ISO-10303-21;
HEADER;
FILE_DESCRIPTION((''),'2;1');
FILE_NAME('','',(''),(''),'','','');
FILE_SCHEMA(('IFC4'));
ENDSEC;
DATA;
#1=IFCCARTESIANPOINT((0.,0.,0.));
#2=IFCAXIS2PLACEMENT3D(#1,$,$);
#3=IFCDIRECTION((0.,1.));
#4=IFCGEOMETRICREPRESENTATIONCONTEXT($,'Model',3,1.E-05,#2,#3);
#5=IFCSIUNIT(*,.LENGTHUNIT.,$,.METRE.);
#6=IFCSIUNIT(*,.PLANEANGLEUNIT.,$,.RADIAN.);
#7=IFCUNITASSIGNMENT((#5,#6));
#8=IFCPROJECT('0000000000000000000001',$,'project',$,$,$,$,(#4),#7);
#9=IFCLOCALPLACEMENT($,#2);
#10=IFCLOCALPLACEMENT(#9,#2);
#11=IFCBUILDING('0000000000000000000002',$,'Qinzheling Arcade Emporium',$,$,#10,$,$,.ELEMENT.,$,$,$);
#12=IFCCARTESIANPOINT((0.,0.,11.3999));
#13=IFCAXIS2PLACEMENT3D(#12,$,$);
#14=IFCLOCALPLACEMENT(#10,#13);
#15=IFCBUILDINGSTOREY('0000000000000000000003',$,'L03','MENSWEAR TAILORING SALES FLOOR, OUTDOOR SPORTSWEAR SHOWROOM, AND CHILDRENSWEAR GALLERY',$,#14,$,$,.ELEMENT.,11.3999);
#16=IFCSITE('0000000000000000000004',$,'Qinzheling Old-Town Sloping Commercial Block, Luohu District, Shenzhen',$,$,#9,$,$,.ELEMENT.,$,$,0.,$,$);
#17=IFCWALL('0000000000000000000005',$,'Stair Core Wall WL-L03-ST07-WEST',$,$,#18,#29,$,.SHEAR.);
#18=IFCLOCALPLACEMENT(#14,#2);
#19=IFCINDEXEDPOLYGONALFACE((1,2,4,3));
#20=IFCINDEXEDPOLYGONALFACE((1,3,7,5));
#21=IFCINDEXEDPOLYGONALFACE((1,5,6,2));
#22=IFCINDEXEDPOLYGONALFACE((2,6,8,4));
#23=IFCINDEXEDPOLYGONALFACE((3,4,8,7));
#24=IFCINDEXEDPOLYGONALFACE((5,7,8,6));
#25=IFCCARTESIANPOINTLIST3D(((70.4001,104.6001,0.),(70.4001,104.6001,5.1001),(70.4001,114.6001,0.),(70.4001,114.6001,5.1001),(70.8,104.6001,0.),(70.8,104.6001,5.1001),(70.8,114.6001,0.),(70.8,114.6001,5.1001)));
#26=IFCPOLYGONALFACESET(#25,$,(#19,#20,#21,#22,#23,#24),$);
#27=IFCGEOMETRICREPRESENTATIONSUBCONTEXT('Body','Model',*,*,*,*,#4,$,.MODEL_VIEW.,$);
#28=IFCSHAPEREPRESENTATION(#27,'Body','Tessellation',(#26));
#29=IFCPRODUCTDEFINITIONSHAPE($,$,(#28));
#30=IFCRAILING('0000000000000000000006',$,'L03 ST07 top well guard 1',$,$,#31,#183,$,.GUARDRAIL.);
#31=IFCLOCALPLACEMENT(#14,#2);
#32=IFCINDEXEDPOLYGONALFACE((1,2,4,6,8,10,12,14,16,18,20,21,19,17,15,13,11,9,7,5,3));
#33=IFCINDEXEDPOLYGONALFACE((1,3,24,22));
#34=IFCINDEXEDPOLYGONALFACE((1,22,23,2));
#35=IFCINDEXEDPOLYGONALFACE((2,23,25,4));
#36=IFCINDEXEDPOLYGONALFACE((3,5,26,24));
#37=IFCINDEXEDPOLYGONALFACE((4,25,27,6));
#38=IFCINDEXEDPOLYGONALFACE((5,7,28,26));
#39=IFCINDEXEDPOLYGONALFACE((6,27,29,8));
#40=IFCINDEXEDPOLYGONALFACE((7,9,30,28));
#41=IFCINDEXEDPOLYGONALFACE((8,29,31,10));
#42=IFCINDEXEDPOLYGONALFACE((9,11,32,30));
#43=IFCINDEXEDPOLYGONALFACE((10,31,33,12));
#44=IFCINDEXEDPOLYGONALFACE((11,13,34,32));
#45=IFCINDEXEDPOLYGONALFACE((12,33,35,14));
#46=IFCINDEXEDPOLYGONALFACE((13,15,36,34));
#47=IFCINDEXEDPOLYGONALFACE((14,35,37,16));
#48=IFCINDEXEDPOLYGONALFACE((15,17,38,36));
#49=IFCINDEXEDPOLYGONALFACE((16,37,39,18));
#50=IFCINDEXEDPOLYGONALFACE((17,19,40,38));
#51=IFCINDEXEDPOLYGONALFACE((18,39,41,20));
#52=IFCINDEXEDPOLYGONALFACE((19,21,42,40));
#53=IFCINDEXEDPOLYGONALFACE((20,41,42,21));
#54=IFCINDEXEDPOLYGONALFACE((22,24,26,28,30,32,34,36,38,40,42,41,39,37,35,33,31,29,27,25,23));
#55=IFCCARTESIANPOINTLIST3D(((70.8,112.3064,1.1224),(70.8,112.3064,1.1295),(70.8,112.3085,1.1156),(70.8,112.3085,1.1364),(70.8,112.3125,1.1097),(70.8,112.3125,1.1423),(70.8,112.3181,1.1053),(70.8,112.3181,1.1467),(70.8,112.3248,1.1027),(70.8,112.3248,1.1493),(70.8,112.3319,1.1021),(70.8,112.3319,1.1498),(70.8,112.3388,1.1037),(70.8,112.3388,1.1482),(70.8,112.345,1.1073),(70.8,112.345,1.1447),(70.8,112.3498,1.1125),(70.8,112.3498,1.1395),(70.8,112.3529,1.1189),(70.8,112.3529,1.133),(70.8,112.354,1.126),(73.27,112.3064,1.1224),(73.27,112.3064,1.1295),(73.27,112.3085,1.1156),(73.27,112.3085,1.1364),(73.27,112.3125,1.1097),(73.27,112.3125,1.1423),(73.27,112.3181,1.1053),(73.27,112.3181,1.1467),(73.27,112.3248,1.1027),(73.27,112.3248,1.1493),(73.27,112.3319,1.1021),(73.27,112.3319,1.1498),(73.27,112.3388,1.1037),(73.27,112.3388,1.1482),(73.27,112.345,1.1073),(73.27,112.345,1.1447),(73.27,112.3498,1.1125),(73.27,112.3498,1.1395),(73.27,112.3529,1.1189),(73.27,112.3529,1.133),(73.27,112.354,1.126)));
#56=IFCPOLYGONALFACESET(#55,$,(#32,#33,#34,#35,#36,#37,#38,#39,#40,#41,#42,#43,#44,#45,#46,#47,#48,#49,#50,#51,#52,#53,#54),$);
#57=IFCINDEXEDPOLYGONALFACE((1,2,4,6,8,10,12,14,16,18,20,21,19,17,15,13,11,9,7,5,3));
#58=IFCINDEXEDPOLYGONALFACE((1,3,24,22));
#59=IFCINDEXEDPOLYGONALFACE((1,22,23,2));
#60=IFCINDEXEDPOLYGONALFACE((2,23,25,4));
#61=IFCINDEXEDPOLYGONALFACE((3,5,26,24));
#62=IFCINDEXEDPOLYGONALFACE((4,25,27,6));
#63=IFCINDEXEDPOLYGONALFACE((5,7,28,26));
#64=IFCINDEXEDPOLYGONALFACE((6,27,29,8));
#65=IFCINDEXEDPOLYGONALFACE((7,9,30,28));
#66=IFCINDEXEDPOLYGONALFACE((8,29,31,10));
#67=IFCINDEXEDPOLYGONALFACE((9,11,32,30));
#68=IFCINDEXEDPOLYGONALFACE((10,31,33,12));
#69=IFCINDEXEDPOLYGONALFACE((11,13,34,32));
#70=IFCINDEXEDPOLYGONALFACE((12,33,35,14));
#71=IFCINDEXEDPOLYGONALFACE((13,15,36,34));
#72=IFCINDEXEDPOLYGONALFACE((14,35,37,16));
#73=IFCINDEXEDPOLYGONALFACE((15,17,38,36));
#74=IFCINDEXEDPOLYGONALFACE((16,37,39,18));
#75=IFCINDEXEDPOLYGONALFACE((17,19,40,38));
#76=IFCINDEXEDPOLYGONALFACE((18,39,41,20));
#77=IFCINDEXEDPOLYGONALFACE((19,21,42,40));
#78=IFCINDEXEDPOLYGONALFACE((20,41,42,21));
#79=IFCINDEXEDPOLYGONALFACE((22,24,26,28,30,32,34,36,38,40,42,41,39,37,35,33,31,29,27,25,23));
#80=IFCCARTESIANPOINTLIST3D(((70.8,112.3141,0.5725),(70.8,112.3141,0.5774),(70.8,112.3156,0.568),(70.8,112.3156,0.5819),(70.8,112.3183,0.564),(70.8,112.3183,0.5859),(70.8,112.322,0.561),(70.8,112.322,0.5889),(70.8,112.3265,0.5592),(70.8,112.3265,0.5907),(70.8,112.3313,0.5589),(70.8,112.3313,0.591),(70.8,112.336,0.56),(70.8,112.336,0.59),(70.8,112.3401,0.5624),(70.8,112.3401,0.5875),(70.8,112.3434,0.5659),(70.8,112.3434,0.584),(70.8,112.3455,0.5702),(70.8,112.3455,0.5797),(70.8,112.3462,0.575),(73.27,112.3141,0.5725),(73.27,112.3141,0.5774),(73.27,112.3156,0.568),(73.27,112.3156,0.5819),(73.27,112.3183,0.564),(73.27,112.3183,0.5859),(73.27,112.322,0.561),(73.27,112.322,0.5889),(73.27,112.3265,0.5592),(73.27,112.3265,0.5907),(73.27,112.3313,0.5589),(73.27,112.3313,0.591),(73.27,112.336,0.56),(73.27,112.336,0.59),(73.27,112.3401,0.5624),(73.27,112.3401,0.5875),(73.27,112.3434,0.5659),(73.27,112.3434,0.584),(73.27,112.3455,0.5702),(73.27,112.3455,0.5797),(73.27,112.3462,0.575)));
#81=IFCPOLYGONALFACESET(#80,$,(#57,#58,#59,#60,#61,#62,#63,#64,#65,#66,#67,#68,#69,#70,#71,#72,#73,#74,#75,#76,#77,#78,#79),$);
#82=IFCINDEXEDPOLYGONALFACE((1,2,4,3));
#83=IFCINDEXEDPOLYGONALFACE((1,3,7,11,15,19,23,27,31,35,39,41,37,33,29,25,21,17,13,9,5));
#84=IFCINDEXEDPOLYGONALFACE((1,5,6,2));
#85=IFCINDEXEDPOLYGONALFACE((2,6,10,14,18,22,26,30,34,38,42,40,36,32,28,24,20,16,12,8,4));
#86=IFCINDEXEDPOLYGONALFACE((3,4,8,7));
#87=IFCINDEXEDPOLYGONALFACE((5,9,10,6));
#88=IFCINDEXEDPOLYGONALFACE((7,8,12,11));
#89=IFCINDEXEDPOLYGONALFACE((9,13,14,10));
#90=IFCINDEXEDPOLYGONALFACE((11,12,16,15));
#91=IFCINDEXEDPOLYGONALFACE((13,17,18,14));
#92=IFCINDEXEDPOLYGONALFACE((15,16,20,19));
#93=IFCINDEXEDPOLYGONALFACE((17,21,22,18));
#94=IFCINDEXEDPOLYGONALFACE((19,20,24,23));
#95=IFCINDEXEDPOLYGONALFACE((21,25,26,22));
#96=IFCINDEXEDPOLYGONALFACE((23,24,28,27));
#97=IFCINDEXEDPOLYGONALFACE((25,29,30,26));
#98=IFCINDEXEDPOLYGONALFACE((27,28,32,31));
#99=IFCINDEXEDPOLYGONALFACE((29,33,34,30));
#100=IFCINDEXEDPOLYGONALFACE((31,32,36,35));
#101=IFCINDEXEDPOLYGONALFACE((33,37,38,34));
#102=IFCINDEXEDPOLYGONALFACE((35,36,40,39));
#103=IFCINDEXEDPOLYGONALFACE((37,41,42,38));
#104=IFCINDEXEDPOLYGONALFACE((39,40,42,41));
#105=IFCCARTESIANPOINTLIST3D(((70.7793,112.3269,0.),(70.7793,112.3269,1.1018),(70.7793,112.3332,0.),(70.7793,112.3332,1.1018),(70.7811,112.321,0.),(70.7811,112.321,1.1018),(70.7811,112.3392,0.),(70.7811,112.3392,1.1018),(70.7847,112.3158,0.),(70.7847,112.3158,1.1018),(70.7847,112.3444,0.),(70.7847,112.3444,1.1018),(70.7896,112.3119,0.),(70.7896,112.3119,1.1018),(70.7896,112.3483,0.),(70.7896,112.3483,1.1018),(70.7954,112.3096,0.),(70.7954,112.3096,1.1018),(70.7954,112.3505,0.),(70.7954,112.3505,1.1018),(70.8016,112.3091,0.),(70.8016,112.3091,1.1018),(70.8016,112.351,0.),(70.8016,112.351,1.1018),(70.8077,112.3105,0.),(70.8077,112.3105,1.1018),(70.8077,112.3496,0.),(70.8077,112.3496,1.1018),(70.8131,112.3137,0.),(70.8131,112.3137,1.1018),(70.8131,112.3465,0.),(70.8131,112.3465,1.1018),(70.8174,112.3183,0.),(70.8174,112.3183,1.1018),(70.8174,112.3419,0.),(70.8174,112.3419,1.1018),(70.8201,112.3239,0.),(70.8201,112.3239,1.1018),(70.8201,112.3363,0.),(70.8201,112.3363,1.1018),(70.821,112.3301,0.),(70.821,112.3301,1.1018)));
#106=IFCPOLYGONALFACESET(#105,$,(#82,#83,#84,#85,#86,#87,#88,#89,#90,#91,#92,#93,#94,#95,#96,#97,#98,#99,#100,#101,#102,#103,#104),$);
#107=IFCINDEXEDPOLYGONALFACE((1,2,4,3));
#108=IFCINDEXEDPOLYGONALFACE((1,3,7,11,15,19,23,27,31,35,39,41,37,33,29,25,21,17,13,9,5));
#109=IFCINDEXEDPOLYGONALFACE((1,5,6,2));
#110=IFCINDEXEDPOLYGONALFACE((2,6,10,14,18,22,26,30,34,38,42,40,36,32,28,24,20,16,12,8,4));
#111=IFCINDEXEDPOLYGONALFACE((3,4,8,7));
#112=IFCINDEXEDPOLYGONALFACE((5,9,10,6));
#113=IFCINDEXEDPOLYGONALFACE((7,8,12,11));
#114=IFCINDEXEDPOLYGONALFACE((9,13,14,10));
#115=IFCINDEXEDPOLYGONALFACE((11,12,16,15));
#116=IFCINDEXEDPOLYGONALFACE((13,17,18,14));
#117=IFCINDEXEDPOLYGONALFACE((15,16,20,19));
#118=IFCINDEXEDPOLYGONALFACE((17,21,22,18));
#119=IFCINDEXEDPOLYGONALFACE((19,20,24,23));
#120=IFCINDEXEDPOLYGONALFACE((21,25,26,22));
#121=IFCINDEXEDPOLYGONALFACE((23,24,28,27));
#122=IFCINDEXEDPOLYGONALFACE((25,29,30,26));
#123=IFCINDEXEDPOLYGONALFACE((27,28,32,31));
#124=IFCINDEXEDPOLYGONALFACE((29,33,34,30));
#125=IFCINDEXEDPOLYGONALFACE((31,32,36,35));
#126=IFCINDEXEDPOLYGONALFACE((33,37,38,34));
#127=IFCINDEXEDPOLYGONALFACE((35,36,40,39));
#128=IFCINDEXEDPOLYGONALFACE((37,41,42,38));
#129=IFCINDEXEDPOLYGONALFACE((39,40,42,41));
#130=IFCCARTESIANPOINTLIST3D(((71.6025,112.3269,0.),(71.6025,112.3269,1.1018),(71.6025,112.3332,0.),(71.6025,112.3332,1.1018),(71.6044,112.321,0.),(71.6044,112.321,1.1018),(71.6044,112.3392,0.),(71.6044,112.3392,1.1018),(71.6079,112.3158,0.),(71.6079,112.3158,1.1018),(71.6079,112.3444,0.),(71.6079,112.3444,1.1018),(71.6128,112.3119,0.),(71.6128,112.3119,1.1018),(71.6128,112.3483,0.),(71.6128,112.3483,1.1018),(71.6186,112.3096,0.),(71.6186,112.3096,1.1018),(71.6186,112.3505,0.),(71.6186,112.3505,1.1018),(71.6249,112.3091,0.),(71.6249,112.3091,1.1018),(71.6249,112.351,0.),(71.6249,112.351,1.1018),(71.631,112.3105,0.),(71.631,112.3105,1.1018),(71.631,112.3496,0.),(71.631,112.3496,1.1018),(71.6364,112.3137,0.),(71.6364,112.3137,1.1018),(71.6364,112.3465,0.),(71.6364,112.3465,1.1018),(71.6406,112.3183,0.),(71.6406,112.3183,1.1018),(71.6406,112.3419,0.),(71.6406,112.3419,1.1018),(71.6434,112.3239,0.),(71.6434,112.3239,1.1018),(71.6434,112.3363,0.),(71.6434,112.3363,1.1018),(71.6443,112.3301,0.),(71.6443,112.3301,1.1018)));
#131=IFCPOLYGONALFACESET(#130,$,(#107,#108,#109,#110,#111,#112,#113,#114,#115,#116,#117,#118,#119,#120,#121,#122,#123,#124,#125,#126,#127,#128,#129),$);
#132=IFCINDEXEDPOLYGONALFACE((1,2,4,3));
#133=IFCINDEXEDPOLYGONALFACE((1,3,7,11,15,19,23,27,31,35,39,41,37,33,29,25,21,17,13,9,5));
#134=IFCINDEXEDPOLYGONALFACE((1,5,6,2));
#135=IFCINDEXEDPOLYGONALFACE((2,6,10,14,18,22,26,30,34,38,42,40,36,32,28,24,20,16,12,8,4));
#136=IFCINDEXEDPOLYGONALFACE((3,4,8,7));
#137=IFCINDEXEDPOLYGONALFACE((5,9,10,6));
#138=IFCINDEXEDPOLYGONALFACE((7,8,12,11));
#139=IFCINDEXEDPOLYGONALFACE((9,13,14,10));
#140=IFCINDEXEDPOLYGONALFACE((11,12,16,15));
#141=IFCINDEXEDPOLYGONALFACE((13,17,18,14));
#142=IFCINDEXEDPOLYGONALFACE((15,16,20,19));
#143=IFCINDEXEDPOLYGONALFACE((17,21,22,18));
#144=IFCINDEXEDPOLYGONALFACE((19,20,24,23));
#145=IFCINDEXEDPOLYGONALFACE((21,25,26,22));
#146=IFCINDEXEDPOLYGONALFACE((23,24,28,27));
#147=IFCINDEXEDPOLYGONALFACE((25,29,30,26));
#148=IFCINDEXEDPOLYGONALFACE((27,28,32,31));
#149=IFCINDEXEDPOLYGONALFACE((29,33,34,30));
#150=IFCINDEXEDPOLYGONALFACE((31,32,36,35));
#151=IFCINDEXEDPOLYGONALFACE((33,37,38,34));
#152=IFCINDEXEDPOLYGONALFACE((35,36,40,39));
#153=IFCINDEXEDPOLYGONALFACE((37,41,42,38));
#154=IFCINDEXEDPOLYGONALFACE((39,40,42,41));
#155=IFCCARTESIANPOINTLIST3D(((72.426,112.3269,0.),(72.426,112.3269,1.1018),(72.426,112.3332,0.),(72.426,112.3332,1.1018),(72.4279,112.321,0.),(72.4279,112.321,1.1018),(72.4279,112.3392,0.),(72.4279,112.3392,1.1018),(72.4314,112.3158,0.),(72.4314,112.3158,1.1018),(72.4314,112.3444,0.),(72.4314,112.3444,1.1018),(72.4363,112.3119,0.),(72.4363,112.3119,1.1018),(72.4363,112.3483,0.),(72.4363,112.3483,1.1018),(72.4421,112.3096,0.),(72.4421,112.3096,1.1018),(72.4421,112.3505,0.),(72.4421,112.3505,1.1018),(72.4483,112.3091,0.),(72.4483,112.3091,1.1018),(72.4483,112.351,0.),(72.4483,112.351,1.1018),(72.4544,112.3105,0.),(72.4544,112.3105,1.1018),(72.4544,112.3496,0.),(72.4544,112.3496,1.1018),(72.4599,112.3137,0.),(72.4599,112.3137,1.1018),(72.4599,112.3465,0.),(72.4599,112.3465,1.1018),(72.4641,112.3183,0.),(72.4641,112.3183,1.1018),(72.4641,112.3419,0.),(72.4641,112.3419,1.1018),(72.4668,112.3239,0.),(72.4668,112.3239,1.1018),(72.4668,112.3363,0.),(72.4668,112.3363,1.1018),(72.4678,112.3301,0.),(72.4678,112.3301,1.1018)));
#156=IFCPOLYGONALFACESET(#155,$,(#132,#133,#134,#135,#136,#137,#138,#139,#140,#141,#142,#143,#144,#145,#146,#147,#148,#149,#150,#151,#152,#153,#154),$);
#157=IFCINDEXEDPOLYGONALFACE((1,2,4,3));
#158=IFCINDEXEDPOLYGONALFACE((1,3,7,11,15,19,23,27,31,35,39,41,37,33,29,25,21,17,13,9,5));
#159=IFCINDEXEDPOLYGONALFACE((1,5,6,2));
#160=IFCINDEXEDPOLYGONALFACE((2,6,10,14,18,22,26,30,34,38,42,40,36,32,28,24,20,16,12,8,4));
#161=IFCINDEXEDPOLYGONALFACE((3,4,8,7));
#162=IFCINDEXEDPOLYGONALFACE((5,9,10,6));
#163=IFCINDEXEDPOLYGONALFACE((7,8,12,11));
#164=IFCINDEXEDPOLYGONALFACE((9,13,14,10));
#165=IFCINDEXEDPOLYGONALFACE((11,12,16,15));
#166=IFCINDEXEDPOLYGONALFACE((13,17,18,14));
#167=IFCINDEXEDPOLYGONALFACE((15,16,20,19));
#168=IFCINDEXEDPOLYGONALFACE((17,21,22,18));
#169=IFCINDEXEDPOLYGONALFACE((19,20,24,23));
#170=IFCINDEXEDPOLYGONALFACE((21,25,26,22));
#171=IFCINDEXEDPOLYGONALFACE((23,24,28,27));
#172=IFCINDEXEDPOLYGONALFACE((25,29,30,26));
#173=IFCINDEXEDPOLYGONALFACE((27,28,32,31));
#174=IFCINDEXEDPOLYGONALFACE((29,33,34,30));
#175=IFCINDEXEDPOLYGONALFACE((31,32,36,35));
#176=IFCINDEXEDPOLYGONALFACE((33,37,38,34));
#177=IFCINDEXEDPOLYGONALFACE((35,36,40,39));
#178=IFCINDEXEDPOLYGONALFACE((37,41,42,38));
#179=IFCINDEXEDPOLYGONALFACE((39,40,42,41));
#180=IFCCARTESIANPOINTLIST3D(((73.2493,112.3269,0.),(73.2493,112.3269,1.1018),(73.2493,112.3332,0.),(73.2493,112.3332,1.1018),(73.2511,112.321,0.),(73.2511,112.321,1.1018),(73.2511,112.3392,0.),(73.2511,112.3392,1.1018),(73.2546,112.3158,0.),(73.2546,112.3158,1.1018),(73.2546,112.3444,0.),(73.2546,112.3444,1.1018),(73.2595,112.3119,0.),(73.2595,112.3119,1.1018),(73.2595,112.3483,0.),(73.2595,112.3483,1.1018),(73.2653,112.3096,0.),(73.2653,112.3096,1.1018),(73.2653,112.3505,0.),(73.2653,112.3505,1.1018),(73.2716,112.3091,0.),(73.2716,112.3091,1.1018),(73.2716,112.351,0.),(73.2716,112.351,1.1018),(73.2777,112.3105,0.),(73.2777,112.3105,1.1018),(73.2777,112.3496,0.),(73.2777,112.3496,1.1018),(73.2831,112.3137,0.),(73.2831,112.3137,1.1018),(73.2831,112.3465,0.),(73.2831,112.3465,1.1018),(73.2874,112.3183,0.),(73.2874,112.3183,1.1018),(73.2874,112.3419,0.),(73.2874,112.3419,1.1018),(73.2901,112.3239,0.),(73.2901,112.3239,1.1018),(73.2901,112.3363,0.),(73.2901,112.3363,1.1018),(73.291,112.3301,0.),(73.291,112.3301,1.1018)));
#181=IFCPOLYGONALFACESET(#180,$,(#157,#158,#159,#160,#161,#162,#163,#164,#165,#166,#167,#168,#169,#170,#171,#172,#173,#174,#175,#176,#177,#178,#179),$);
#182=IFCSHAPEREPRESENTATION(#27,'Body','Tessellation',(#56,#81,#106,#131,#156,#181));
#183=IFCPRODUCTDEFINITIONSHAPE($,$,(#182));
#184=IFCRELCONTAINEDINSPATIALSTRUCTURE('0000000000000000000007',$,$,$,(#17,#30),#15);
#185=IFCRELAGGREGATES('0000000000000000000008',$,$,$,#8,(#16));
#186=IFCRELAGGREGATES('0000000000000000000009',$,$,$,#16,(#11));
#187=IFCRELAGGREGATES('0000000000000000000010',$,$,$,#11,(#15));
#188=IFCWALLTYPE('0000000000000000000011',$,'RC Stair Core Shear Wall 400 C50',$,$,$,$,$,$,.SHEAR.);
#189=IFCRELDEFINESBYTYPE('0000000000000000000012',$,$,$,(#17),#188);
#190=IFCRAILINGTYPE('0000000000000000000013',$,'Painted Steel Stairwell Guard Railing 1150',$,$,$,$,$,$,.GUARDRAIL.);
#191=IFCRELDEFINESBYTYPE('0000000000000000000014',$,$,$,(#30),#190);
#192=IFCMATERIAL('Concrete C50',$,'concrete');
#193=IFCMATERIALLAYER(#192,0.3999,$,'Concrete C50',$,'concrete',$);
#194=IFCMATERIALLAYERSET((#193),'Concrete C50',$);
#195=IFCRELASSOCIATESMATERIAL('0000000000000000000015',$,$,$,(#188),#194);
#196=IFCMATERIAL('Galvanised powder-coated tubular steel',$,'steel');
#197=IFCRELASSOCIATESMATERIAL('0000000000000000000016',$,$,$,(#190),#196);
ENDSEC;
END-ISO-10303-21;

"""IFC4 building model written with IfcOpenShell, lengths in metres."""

from ifc_helpers import new_model, si_unit, direction, frame, frame_2d, origin, origin_2d, place, context, subcontext, project, spatial, rectangle, circle, extrude, material, layer, layer_set, type_object, element, save


model = new_model("IFC4")

# Units and contexts
model_context = context("Model", 3, precision=1e-05, world=origin(), true_north=direction((0.0, 1.0)))
body_context = subcontext(model_context, "Body", "Model", "MODEL_VIEW")
ifc_project = project(units=[si_unit("LENGTHUNIT", "METRE"), si_unit("PLANEANGLEUNIT", "RADIAN")], contexts=[model_context])

# Site, building, storey
site_placement = place(None, origin())
site = spatial("IfcSite", under=ifc_project, at=site_placement, Name="Qinzheling Old-Town Sloping Commercial Block, Luohu District, Shenzhen", CompositionType="ELEMENT", RefElevation=0.0)
building_placement = place(site_placement, origin())
building = spatial("IfcBuilding", under=site, at=building_placement, Name="Qinzheling Arcade Emporium", CompositionType="ELEMENT")
storey_placement = place(building_placement, frame((0.0, 0.0, 11.3999)))
storey = spatial("IfcBuildingStorey", under=building, at=storey_placement, Name="L03", Description="MENSWEAR TAILORING SALES FLOOR, OUTDOOR SPORTSWEAR SHOWROOM, AND CHILDRENSWEAR GALLERY", CompositionType="ELEMENT", Elevation=11.3999)

# Shared definitions
ifc_material_1 = material(Name="Concrete C50", Category="concrete")

# Wall
ifc_layer_1 = layer(ifc_material_1, 0.3999, Name="Concrete C50", Category="concrete")
ifc_layer_set_1 = layer_set([ifc_layer_1], Name="Concrete C50")
wall_type_1 = type_object("IfcWallType", Name="RC Stair Core Shear Wall 400 C50", PredefinedType="SHEAR", material=ifc_layer_set_1)
wall_1_placement = place(storey_placement, frame((70.6001, 104.6001, 0.0), z_axis=(0.0, 0.0, 1.0), x_axis=(0.0, 1.0, 0.0)))
element("IfcWall", 1, at=wall_1_placement, inside=storey, type_object=wall_type_1, Name="Stair Core Wall WL-L03-ST07-WEST", PredefinedType="SHEAR", context=body_context, shape_type="SweptSolid", body=[
    extrude(rectangle(XDim=10.0, YDim=0.3999, at=frame_2d((5.0, 0.0))), origin(), (0.0, 0.0, 1.0), 5.1001),
])

# Railing
ifc_material_2 = material(Name="Galvanised powder-coated tubular steel", Category="steel")
railing_type = type_object("IfcRailingType", Name="Painted Steel Stairwell Guard Railing 1150", PredefinedType="GUARDRAIL", material=ifc_material_2)
railing_placement = place(storey_placement, frame((70.8, 112.3301, 0.0)))
element("IfcRailing", 2, at=railing_placement, inside=storey, type_object=railing_type, Name="L03 ST07 top well guard 1", PredefinedType="GUARDRAIL", context=body_context, shape_type="SweptSolid", body=[
    extrude(circle(Radius=0.0239, at=origin_2d()), frame((0.0, 0.0, 1.126), z_axis=(1.0, 0.0, 0.0), x_axis=(0.0, 1.0, 0.0)), (0.0, 0.0, 1.0), 2.47),
    extrude(circle(Radius=0.0161, at=origin_2d()), frame((0.0, 0.0, 0.575), z_axis=(1.0, 0.0, 0.0), x_axis=(0.0, 1.0, 0.0)), (0.0, 0.0, 1.0), 2.47),
    extrude(circle(Radius=0.021, at=origin_2d()), origin(), (0.0, 0.0, 1.0), 1.1018),
    extrude(circle(Radius=0.021, at=origin_2d()), frame((0.8232, 0.0, 0.0)), (0.0, 0.0, 1.0), 1.1018),
    extrude(circle(Radius=0.021, at=origin_2d()), frame((1.6467, 0.0, 0.0)), (0.0, 0.0, 1.0), 1.1018),
    extrude(circle(Radius=0.021, at=origin_2d()), frame((2.47, 0.0, 0.0)), (0.0, 0.0, 1.0), 1.1018),
])

save(model, "model.ifc")
